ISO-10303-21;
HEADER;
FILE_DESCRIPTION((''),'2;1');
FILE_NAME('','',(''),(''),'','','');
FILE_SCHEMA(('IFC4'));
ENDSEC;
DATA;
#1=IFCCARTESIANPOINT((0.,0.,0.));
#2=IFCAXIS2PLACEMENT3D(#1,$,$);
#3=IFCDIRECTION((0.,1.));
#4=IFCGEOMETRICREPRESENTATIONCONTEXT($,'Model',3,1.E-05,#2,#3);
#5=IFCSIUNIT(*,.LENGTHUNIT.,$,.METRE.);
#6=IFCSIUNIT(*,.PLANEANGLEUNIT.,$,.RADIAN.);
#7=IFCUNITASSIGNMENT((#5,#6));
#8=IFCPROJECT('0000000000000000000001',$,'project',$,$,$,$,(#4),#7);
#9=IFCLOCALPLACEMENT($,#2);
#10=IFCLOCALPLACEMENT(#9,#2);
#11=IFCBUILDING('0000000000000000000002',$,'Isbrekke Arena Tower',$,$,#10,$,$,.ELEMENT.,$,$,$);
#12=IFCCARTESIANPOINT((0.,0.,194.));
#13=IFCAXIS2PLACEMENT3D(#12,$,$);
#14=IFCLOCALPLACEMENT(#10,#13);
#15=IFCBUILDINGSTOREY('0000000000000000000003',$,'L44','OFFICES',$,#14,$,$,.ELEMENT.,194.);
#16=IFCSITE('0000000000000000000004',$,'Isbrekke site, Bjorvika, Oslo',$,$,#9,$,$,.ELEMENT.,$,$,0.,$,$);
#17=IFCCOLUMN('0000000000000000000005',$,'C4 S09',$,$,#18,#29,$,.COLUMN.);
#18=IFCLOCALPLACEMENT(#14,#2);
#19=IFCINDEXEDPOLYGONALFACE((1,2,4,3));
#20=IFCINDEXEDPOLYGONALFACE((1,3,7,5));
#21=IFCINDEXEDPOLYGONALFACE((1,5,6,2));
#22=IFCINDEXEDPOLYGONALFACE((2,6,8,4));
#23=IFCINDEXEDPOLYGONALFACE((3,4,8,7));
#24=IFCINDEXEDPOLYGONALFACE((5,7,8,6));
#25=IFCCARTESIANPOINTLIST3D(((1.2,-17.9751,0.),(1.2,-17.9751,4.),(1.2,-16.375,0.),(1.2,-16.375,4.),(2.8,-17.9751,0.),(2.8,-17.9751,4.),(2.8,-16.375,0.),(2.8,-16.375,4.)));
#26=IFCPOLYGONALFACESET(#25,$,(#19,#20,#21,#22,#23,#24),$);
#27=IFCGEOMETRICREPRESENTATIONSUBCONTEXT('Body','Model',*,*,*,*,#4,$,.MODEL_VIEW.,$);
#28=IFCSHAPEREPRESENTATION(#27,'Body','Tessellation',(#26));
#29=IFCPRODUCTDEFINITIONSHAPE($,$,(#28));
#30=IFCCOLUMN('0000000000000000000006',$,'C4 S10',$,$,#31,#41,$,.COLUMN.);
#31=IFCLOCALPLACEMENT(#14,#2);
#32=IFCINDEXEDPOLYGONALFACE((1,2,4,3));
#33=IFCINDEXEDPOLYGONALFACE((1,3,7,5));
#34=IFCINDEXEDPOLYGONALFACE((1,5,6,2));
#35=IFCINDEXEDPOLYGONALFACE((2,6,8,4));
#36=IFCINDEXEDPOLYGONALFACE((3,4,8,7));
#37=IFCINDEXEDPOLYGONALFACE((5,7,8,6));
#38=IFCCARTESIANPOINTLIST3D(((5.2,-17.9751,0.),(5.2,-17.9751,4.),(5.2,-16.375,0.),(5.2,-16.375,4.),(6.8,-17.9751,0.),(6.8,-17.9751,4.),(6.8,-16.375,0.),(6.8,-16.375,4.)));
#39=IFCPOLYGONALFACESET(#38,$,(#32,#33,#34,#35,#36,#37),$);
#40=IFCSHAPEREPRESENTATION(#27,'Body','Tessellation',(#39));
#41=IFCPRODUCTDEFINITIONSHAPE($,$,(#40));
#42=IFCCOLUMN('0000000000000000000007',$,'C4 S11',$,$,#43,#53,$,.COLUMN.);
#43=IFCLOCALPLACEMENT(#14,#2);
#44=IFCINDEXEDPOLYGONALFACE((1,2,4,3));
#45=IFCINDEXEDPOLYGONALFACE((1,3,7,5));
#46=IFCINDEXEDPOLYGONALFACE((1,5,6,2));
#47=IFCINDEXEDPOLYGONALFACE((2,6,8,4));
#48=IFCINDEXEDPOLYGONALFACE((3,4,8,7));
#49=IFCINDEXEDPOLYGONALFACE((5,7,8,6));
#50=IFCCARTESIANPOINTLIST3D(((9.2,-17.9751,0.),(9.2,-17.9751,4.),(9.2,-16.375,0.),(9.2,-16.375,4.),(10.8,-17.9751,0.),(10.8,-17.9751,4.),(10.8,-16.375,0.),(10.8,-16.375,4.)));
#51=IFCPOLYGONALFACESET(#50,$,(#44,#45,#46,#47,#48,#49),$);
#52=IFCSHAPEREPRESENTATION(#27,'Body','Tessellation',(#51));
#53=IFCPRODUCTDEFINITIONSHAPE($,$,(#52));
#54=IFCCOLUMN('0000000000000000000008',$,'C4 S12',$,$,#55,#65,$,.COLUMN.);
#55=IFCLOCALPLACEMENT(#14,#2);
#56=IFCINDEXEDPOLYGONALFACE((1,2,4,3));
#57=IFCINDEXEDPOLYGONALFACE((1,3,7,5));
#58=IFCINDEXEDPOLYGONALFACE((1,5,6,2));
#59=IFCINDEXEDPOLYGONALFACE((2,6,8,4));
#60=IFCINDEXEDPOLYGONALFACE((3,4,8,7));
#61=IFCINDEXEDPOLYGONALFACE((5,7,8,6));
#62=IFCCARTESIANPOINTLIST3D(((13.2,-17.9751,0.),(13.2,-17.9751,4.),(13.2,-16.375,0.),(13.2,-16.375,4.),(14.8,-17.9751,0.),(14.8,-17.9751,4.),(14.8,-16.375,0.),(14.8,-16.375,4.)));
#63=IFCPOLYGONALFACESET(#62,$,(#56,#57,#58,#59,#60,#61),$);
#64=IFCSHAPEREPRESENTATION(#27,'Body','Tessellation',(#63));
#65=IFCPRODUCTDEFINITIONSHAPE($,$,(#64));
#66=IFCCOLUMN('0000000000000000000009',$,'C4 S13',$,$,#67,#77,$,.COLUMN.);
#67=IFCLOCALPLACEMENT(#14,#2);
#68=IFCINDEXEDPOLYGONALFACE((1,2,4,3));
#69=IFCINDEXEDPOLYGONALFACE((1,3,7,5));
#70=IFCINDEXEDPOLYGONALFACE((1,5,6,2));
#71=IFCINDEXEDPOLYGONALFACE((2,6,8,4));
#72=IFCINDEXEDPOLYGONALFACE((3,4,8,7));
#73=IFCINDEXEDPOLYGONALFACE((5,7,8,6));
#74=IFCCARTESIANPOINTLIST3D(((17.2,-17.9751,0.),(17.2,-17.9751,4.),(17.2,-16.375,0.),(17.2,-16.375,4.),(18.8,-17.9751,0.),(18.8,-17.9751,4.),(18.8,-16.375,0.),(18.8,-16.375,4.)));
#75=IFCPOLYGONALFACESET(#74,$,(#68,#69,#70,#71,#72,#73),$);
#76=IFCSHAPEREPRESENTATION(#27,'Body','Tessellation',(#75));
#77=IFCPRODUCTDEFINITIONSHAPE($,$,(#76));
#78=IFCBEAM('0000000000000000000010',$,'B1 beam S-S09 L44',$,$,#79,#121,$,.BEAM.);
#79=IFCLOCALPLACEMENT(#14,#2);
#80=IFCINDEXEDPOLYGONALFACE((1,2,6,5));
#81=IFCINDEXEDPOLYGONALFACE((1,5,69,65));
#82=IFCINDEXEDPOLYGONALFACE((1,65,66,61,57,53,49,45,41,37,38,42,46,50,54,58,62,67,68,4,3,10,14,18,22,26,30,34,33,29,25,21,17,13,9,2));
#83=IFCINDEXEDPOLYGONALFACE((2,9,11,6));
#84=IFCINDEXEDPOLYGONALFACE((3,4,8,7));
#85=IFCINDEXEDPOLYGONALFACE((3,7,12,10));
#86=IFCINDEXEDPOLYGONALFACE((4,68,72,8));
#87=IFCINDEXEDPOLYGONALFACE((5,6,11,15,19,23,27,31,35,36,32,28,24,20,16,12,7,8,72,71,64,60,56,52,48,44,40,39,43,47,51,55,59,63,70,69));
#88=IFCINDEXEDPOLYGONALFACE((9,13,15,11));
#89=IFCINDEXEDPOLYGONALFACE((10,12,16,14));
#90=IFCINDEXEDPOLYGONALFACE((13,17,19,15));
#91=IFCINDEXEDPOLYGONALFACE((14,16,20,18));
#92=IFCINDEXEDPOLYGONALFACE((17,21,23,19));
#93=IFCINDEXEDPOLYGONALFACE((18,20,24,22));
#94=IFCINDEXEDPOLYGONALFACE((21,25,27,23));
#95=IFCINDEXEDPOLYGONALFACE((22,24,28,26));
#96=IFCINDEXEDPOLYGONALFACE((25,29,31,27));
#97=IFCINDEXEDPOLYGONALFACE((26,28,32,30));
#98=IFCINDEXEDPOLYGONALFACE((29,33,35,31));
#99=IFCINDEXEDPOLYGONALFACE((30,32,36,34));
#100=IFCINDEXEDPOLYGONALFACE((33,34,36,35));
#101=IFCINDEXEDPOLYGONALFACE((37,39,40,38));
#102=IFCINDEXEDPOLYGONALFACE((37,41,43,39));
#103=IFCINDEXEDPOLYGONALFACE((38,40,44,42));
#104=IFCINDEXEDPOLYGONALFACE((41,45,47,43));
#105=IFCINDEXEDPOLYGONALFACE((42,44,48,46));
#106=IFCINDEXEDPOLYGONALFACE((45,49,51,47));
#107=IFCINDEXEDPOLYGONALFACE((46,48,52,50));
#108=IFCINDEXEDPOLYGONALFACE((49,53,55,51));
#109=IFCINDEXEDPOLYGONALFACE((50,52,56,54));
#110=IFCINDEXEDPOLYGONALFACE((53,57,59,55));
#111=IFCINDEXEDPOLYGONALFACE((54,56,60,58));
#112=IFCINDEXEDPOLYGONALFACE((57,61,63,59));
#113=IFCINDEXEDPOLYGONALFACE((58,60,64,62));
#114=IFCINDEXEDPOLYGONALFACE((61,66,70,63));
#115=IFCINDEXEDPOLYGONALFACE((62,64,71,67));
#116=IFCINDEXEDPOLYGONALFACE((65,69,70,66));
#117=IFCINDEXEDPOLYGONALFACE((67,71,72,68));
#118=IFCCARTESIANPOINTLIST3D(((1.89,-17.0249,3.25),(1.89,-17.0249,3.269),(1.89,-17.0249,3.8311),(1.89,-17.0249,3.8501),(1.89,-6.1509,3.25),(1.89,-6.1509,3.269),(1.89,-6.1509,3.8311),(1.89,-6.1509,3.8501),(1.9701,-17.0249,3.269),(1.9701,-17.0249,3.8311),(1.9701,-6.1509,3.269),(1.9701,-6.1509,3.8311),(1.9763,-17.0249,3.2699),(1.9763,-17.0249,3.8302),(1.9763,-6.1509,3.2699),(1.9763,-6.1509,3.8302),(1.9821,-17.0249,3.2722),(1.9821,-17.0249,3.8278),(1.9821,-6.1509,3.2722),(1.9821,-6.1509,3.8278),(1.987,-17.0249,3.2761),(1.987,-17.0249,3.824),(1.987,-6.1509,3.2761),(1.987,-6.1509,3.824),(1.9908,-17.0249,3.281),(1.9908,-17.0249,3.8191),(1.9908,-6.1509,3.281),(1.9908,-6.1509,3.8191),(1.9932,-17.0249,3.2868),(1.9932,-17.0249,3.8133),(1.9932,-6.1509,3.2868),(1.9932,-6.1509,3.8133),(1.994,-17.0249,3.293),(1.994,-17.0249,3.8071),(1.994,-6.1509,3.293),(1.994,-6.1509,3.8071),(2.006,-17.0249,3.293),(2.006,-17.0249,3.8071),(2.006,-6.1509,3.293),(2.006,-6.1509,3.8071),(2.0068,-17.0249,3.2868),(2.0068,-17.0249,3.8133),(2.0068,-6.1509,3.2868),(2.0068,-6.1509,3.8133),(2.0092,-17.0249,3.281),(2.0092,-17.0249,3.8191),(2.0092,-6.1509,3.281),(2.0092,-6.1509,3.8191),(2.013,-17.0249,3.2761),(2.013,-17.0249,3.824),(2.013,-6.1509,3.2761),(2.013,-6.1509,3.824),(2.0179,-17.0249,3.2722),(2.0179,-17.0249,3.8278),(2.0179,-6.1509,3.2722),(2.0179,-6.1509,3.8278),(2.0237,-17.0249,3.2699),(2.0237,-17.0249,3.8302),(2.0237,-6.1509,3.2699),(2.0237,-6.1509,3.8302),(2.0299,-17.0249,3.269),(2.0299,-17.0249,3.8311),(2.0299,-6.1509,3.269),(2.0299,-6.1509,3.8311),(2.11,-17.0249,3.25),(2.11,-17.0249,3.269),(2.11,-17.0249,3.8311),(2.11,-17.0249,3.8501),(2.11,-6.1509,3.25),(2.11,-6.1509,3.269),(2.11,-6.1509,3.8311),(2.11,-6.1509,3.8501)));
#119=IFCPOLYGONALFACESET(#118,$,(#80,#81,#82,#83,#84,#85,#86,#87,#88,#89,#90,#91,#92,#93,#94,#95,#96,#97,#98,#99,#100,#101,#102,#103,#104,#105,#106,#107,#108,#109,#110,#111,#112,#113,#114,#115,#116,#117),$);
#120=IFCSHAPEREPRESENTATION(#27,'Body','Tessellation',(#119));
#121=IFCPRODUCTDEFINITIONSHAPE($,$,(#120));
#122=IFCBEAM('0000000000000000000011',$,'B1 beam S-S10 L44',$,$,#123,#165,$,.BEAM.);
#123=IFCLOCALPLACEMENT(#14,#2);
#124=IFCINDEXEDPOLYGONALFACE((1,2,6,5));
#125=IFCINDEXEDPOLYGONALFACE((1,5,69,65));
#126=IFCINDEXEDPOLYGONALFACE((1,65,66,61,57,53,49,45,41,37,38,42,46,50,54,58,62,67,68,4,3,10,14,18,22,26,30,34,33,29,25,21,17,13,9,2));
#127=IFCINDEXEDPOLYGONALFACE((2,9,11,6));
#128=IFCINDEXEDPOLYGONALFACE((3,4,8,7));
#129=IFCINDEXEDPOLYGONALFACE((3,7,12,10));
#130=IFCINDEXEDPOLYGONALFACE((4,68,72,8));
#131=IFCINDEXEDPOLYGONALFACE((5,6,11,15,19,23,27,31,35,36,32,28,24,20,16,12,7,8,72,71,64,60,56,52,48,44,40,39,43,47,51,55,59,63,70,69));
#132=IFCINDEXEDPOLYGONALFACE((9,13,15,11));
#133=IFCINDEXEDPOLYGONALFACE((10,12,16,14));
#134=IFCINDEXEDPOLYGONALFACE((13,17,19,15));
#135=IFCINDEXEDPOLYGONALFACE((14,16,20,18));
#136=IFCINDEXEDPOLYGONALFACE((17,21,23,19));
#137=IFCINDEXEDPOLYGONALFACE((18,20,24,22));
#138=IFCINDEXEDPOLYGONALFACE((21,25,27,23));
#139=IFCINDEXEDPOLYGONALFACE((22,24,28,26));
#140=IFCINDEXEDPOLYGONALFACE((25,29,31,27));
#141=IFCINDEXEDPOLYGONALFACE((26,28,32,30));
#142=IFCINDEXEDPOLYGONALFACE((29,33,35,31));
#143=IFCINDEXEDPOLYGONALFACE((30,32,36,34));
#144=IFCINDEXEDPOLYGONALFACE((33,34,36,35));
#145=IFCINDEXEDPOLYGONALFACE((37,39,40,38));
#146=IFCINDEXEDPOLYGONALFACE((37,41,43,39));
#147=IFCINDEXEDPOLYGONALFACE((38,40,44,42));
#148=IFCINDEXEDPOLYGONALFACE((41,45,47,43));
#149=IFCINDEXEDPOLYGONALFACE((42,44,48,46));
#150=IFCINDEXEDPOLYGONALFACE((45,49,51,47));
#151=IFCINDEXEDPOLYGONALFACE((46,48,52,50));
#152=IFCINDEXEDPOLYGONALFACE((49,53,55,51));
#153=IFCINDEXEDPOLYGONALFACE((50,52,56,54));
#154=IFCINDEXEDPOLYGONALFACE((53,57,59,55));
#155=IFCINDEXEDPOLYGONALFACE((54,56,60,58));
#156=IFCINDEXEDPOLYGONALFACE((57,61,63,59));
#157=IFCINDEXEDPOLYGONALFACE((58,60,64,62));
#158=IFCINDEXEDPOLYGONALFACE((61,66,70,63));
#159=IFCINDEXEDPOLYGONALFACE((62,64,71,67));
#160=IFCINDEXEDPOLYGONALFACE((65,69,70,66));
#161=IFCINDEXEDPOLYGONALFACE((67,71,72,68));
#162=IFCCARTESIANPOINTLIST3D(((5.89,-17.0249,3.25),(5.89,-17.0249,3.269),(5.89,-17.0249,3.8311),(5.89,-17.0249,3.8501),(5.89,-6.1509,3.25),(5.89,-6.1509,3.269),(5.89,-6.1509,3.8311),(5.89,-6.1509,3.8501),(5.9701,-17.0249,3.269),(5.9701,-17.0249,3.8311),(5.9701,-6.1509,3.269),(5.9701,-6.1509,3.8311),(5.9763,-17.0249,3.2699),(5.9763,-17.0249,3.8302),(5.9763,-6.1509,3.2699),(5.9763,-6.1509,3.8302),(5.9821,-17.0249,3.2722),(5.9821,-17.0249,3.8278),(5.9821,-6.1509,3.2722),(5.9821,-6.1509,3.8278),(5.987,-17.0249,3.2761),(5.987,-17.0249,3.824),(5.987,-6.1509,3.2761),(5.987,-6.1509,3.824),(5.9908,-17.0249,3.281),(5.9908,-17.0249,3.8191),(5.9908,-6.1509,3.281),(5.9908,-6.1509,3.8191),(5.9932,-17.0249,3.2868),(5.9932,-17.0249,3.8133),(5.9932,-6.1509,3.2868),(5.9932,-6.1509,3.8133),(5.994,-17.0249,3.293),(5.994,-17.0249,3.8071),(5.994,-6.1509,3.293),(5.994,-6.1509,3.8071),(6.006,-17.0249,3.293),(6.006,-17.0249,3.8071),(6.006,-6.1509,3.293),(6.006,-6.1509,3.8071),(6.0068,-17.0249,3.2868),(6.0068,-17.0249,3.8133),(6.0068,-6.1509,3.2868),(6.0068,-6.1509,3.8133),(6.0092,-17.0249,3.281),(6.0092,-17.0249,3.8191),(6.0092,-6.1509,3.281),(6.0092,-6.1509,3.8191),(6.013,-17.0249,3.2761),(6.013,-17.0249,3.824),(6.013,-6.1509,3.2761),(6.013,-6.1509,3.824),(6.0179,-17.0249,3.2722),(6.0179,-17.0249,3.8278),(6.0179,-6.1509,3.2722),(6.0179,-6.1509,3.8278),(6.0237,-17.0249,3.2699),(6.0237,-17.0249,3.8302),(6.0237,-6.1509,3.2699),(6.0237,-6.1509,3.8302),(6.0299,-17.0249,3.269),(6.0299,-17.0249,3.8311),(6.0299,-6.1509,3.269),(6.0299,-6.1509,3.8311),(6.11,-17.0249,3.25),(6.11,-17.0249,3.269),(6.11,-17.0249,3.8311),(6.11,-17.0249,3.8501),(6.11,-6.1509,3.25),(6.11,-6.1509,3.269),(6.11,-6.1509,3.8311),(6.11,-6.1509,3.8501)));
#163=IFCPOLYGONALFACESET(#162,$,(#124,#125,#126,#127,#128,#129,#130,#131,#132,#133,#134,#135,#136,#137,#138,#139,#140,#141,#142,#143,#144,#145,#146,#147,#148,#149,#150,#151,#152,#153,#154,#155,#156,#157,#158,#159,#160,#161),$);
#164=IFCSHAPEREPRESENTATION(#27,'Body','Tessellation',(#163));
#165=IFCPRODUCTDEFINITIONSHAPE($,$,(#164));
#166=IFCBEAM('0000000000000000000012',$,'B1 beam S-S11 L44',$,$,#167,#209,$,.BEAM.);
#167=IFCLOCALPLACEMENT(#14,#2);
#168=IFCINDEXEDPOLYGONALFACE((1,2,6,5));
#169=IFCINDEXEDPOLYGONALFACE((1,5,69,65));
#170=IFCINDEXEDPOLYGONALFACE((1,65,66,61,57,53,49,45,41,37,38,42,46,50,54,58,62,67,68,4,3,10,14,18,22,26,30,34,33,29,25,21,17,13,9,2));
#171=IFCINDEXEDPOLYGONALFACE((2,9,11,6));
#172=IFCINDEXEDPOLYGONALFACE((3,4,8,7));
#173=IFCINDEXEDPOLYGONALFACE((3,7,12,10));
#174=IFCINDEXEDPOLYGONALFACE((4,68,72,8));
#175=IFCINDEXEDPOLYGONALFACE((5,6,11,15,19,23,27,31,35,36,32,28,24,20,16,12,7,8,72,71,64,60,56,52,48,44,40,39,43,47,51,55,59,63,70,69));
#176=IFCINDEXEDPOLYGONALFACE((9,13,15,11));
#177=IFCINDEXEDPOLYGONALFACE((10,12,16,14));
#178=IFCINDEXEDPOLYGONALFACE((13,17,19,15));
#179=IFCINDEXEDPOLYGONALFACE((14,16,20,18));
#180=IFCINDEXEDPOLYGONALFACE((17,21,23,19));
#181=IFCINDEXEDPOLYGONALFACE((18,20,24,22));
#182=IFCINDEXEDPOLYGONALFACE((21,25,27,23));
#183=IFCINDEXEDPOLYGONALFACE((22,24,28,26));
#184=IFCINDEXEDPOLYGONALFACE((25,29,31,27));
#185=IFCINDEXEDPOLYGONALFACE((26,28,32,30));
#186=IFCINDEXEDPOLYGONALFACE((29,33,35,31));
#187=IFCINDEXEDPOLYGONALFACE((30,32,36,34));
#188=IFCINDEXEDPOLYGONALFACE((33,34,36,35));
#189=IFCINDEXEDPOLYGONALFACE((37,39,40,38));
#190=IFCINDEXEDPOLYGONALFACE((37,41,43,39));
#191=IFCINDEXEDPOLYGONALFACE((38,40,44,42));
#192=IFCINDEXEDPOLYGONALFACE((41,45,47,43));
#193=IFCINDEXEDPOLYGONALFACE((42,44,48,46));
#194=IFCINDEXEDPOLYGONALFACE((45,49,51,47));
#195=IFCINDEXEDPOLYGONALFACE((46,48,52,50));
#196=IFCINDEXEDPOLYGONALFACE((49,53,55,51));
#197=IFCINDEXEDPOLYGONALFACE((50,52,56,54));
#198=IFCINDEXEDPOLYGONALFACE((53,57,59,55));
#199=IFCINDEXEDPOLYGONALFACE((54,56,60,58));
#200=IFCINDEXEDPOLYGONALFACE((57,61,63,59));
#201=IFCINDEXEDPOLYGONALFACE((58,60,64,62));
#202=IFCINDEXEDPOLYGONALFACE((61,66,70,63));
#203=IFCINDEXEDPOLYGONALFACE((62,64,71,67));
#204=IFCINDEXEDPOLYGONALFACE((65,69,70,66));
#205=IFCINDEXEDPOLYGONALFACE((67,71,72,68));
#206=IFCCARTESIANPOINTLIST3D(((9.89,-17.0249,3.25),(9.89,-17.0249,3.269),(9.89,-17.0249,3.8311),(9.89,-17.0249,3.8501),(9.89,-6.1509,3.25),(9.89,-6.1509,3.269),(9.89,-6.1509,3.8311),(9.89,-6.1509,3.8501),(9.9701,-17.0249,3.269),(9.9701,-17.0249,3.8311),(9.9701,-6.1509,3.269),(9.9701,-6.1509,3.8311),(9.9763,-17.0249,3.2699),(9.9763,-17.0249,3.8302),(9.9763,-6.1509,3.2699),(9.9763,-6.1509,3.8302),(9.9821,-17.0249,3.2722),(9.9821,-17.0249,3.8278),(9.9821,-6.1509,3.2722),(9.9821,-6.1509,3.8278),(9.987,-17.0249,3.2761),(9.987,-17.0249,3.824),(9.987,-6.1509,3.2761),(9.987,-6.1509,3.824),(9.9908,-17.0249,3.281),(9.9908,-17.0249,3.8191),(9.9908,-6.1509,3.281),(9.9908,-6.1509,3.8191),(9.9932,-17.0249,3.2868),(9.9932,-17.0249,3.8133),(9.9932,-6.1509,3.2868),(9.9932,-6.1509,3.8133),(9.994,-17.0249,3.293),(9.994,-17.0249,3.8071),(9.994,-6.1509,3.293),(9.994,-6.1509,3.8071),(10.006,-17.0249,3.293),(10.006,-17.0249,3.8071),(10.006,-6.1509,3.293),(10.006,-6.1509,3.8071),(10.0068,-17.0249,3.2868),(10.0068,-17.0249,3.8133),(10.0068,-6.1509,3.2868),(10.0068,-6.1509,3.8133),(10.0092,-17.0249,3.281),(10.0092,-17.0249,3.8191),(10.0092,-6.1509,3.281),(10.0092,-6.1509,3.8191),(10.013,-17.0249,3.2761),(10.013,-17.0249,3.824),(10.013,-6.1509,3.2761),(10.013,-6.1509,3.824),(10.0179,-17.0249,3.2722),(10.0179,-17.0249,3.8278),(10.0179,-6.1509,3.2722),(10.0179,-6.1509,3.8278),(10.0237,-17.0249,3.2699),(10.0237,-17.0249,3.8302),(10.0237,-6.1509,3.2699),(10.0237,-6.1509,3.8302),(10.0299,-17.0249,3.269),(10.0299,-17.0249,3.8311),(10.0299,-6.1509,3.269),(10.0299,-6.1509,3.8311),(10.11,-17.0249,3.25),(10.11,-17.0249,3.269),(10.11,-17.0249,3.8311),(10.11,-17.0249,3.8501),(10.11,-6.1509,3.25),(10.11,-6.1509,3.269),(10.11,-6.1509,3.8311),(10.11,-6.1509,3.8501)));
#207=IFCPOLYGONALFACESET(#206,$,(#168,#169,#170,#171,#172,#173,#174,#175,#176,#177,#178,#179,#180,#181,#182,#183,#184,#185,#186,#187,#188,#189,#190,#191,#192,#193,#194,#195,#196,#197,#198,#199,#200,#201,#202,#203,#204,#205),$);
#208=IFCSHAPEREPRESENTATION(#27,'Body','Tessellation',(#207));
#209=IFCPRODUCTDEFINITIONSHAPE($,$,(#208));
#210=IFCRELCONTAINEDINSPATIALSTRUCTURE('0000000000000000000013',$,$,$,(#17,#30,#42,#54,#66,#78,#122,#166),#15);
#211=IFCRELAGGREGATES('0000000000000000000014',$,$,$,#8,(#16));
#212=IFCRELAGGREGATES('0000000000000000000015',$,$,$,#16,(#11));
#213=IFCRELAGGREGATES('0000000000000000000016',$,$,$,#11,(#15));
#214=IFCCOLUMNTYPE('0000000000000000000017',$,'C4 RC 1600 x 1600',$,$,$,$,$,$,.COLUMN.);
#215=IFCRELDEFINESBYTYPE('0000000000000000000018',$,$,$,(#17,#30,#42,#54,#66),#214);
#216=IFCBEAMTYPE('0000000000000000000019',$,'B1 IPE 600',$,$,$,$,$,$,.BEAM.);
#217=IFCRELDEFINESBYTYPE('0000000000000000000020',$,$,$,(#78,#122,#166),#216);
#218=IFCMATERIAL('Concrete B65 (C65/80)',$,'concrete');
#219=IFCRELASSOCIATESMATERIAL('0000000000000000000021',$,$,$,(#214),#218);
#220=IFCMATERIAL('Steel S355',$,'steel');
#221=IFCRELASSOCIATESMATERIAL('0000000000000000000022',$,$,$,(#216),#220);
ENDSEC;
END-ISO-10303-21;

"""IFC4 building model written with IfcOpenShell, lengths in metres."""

from ifc_helpers import new_model, si_unit, direction, frame, origin, origin_2d, place, context, subcontext, project, spatial, rectangle, i_section, extrude, material, material_profile, profile_set, type_object, element, save


model = new_model("IFC4")

# Units and contexts
model_context = context("Model", 3, precision=1e-05, world=origin(), true_north=direction((0.0, 1.0)))
body_context = subcontext(model_context, "Body", "Model", "MODEL_VIEW")
ifc_project = project(units=[si_unit("LENGTHUNIT", "METRE"), si_unit("PLANEANGLEUNIT", "RADIAN")], contexts=[model_context])

# Site, building, storey
site_placement = place(None, origin())
site = spatial("IfcSite", under=ifc_project, at=site_placement, Name="Isbrekke site, Bjorvika, Oslo", CompositionType="ELEMENT", RefElevation=0.0)
building_placement = place(site_placement, origin())
building = spatial("IfcBuilding", under=site, at=building_placement, Name="Isbrekke Arena Tower", CompositionType="ELEMENT")
storey_placement = place(building_placement, frame((0.0, 0.0, 194.0)))
storey = spatial("IfcBuildingStorey", under=building, at=storey_placement, Name="L44", Description="OFFICES", CompositionType="ELEMENT", Elevation=194.0)

# Columns
ifc_material_1 = material(Name="Concrete B65 (C65/80)", Category="concrete")
ifc_material_profile_1 = material_profile(ifc_material_1, rectangle(XDim=1.6001, YDim=1.6001, at=origin_2d()), Name="RC 1600x1600")
ifc_profile_set_1 = profile_set([ifc_material_profile_1], Name="Concrete B65 (C65/80)")
column_type = type_object("IfcColumnType", Name="C4 RC 1600 x 1600", PredefinedType="COLUMN", material=ifc_profile_set_1)
for number, where, z_axis, x_axis, name in (
    (1, (2.0, -17.175, 0.0), (0.0, 0.0, 1.0), (1.0, 0.0, 0.0), "C4 S09"),
    (2, (6.0, -17.175, 0.0), (0.0, 0.0, 1.0), (1.0, 0.0, 0.0), "C4 S10"),
    (3, (10.0, -17.175, 0.0), (0.0, 0.0, 1.0), (1.0, 0.0, 0.0), "C4 S11"),
    (4, (14.0, -17.175, 0.0), (0.0, 0.0, 1.0), (1.0, 0.0, 0.0), "C4 S12"),
    (5, (18.0, -17.175, 0.0), (0.0, 0.0, 1.0), (1.0, 0.0, 0.0), "C4 S13"),
):
    element("IfcColumn", number, at=place(storey_placement, frame(where, z_axis=z_axis, x_axis=x_axis)), inside=storey, type_object=column_type, Name=name, PredefinedType="COLUMN", context=body_context, shape_type="SweptSolid", body=[
        extrude(rectangle(XDim=1.6001, YDim=1.6001, at=origin_2d()), origin(), (0.0, 0.0, 1.0), 4.0),
    ])

# Beams
ifc_material_2 = material(Name="Steel S355", Category="steel")
ifc_material_profile_2 = material_profile(ifc_material_2, i_section(OverallWidth=0.22, OverallDepth=0.6001, WebThickness=0.012, FlangeThickness=0.019, FilletRadius=0.0239, at=origin_2d()), Name="IPE 600")
ifc_profile_set_2 = profile_set([ifc_material_profile_2], Name="Steel S355")
beam_type_1 = type_object("IfcBeamType", Name="B1 IPE 600", PredefinedType="BEAM", material=ifc_profile_set_2)
for number, where, z_axis, x_axis, name in (
    (6, (2.0, -17.0249, 3.55), (0.0, 1.0, 0.0), (-1.0, 0.0, 0.0), "B1 beam S-S09 L44"),
    (7, (6.0, -17.0249, 3.55), (0.0, 1.0, 0.0), (-1.0, 0.0, 0.0), "B1 beam S-S10 L44"),
    (8, (10.0, -17.0249, 3.55), (0.0, 1.0, 0.0), (-1.0, 0.0, 0.0), "B1 beam S-S11 L44"),
):
    element("IfcBeam", number, at=place(storey_placement, frame(where, z_axis=z_axis, x_axis=x_axis)), inside=storey, type_object=beam_type_1, Name=name, PredefinedType="BEAM", context=body_context, shape_type="SweptSolid", body=[
        extrude(i_section(OverallWidth=0.22, OverallDepth=0.6001, WebThickness=0.012, FlangeThickness=0.019, FilletRadius=0.0239, at=origin_2d()), origin(), (0.0, 0.0, 1.0), 10.874),
    ])

save(model, "model.ifc")
